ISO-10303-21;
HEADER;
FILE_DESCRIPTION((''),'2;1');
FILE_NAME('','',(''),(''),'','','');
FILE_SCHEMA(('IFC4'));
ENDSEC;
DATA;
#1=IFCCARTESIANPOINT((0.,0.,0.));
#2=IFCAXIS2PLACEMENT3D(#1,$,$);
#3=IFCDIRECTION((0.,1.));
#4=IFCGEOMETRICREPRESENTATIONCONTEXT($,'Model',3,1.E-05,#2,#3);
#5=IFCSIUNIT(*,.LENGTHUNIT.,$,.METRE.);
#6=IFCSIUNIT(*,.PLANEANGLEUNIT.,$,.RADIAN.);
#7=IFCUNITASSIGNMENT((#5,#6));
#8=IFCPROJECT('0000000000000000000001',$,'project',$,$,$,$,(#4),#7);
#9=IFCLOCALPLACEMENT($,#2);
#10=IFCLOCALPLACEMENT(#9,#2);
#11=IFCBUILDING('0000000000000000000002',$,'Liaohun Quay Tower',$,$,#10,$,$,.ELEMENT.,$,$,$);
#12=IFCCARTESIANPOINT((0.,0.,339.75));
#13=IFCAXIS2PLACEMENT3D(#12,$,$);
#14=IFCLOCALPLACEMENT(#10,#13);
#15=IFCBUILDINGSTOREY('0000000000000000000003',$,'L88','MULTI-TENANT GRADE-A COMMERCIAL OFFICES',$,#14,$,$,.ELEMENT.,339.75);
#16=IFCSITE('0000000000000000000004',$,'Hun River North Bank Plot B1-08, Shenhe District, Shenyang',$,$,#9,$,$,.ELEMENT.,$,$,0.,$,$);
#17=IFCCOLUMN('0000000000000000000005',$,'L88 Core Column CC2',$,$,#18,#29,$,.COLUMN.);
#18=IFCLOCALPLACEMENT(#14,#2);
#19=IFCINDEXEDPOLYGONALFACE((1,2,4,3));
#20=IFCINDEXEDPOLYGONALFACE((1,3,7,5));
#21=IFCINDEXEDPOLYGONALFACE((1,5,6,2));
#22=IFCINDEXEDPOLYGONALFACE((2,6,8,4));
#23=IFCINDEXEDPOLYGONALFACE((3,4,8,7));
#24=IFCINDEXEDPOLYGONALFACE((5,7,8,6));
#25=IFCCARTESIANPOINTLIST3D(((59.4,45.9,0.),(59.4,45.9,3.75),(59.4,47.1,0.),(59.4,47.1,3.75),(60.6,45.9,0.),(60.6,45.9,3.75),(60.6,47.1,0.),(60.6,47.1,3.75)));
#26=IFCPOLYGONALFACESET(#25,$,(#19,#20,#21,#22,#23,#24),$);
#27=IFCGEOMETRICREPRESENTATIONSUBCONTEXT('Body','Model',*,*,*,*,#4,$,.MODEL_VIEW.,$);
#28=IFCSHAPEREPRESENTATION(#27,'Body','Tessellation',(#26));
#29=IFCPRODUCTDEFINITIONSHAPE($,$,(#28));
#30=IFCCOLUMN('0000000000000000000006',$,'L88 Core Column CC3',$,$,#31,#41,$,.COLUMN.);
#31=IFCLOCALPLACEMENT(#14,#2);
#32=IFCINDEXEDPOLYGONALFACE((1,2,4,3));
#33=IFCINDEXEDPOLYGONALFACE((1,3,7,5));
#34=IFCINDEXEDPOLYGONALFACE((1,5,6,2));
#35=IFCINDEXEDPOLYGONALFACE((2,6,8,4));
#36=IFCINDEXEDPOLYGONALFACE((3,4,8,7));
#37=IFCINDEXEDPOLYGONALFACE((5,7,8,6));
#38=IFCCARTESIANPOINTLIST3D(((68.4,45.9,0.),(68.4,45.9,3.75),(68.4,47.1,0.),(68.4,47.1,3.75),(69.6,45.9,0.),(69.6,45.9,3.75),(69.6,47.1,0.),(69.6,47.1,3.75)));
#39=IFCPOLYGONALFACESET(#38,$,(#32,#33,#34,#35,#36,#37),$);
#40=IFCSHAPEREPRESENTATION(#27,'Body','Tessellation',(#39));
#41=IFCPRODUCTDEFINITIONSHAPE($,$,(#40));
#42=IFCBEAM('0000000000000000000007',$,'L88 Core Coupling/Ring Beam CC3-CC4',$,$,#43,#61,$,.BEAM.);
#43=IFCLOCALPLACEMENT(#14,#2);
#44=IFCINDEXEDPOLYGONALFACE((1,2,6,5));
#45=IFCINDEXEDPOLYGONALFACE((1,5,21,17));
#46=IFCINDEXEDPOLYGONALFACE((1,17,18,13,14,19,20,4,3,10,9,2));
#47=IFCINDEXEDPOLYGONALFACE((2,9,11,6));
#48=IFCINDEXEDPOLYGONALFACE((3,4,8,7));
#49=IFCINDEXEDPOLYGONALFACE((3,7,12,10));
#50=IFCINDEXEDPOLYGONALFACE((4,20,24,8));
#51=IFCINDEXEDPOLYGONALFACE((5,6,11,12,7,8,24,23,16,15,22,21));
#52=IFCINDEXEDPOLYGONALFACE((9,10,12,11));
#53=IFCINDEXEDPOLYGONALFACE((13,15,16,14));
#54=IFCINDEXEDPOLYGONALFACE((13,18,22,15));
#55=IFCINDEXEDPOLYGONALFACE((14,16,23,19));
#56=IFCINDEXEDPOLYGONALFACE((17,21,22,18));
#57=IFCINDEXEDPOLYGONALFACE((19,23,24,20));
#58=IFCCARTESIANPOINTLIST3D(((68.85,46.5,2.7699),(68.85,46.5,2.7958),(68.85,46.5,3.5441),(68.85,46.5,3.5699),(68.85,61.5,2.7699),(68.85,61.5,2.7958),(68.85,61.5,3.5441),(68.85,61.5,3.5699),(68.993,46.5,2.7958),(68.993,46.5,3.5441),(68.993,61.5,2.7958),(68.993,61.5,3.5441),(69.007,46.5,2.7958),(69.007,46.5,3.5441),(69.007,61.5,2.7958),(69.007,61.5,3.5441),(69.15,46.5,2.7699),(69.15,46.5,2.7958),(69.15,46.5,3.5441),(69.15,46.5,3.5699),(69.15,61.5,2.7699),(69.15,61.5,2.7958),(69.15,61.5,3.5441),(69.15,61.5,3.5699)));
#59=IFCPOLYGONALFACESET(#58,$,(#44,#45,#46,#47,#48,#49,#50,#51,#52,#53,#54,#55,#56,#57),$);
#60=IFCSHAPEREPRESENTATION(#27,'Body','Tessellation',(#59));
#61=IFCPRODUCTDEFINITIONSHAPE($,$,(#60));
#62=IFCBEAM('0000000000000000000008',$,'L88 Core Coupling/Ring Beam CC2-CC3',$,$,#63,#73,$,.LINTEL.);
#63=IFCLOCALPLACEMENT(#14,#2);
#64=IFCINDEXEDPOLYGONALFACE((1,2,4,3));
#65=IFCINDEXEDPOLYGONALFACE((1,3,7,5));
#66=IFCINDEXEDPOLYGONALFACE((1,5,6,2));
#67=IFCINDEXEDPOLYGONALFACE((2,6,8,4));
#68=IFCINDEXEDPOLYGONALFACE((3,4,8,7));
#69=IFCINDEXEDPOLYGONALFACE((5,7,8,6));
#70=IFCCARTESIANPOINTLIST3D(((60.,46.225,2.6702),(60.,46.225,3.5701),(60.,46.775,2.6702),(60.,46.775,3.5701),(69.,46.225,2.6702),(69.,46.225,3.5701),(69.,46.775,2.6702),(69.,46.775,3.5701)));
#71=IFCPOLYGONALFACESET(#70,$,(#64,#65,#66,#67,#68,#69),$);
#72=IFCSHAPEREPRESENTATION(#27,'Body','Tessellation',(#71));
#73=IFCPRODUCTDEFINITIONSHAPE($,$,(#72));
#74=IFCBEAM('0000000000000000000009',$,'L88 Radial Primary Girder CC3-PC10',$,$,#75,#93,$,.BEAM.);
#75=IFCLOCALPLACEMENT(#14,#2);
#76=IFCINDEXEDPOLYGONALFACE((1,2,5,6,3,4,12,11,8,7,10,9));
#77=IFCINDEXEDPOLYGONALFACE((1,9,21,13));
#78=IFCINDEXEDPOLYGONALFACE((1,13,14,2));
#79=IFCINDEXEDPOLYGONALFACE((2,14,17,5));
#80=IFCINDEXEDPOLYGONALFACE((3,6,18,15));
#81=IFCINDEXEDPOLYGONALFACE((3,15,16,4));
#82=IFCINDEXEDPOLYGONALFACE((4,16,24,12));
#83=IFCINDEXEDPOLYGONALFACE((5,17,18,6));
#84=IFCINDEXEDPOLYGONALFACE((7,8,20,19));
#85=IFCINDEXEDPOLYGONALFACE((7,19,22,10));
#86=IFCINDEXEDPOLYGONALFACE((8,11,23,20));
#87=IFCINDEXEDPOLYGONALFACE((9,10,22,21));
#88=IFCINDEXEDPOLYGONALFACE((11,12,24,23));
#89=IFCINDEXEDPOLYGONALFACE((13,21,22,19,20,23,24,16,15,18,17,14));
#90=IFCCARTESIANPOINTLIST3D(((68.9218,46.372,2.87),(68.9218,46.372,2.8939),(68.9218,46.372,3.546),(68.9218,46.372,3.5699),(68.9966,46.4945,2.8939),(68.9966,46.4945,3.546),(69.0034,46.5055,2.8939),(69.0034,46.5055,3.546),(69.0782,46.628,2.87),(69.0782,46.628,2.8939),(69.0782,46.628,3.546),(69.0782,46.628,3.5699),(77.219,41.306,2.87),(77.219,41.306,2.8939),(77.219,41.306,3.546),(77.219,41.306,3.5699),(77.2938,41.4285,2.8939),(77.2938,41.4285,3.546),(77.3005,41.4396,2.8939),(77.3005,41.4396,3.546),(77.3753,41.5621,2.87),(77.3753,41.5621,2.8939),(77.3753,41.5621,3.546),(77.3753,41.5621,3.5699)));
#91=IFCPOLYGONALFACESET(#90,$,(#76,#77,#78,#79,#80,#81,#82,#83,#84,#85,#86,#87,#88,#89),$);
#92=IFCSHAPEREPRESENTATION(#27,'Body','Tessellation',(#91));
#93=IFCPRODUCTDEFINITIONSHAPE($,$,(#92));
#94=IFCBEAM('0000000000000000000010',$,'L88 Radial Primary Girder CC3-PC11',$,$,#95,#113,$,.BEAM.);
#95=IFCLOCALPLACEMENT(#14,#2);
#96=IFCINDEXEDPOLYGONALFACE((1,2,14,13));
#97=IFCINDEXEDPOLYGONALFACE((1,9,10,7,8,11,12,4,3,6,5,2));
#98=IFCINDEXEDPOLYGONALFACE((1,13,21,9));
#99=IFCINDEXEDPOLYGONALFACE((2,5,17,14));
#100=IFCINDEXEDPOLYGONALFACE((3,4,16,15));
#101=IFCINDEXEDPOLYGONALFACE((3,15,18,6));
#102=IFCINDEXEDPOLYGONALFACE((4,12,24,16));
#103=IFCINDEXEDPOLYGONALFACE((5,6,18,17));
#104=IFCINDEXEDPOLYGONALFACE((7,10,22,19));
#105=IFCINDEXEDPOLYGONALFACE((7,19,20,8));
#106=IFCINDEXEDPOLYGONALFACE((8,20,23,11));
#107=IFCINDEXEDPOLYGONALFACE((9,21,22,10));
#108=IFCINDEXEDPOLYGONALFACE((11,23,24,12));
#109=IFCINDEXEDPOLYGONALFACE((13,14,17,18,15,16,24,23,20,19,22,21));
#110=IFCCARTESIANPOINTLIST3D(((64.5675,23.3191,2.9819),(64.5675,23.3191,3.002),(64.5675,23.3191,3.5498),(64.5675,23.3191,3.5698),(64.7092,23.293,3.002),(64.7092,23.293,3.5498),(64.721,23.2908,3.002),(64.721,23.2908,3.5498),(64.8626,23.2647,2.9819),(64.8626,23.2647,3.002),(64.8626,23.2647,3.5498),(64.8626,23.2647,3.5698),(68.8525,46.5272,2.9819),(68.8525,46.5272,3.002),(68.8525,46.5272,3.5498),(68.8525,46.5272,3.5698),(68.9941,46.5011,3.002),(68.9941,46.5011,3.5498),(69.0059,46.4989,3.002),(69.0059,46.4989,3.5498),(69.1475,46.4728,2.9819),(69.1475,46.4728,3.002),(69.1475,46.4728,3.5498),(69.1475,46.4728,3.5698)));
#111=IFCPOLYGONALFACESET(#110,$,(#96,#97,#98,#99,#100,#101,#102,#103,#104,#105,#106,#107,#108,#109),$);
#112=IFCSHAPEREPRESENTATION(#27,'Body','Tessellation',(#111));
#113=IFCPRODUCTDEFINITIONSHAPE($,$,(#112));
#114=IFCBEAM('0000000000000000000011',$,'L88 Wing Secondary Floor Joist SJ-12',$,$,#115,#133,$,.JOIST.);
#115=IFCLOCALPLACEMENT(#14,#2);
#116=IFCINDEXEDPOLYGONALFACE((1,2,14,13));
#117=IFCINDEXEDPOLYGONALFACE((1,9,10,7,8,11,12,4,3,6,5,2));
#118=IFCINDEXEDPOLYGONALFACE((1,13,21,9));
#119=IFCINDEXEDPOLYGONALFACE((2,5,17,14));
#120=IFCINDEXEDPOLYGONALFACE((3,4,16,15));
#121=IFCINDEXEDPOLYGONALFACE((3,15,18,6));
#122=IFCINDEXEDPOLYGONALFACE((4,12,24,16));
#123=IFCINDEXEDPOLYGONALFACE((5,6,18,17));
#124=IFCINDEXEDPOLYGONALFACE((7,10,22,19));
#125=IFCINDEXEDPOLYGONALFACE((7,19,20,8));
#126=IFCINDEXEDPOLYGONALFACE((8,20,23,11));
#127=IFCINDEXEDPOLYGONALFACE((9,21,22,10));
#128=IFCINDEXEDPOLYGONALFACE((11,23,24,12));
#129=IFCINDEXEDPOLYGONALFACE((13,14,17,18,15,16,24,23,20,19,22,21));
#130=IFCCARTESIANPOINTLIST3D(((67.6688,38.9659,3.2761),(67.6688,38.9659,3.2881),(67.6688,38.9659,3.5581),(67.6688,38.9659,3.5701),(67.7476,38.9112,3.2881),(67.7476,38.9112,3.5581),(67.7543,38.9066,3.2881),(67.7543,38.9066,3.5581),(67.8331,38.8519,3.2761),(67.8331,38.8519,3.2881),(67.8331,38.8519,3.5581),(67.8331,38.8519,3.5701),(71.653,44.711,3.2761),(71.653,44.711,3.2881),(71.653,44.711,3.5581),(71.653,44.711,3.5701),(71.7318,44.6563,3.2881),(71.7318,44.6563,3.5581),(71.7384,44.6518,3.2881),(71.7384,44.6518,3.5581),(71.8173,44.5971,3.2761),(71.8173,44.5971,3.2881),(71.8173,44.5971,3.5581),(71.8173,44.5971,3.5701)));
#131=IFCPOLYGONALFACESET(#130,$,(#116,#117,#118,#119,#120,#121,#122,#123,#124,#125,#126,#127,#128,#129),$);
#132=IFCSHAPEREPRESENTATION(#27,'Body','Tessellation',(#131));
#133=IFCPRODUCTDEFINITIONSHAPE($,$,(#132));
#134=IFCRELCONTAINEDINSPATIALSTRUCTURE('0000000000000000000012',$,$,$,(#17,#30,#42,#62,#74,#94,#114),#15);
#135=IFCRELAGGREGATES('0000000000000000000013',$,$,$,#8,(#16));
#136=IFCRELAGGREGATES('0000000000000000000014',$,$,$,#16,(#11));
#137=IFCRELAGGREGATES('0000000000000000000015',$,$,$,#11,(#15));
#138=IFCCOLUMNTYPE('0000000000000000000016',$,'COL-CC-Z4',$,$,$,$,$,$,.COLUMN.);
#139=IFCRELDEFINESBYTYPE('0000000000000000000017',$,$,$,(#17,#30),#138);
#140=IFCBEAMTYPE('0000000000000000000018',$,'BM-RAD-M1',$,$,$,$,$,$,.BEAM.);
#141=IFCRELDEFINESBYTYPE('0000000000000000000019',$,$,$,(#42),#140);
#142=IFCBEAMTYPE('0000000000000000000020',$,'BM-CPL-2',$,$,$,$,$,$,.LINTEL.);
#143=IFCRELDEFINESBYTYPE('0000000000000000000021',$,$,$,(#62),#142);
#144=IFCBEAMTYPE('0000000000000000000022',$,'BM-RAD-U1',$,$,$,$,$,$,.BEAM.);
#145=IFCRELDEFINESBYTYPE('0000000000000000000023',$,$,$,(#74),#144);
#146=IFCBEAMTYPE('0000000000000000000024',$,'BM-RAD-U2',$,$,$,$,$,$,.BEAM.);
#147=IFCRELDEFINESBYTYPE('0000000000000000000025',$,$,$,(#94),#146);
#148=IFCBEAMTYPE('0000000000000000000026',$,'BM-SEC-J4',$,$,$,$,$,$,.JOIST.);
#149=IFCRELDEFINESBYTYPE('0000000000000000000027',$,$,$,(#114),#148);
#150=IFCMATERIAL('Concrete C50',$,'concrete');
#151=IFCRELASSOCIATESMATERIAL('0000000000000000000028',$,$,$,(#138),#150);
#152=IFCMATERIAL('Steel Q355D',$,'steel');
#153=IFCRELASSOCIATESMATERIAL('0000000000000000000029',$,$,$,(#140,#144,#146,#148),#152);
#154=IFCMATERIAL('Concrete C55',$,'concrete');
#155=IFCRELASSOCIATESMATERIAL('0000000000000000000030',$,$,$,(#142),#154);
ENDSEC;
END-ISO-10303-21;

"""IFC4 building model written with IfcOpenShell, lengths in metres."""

from ifc_helpers import new_model, si_unit, direction, frame, origin, origin_2d, place, context, subcontext, project, spatial, rectangle, i_section, extrude, source, transform, mapped, material, material_profile, profile_set, type_object, element, save


model = new_model("IFC4")

# Units and contexts
model_context = context("Model", 3, precision=1e-05, world=origin(), true_north=direction((0.0, 1.0)))
body_context = subcontext(model_context, "Body", "Model", "MODEL_VIEW")
ifc_project = project(units=[si_unit("LENGTHUNIT", "METRE"), si_unit("PLANEANGLEUNIT", "RADIAN")], contexts=[model_context])

# Site, building, storey
site_placement = place(None, origin())
site = spatial("IfcSite", under=ifc_project, at=site_placement, Name="Hun River North Bank Plot B1-08, Shenhe District, Shenyang", CompositionType="ELEMENT", RefElevation=0.0)
building_placement = place(site_placement, origin())
building = spatial("IfcBuilding", under=site, at=building_placement, Name="Liaohun Quay Tower", CompositionType="ELEMENT")
storey_placement = place(building_placement, frame((0.0, 0.0, 339.75)))
storey = spatial("IfcBuildingStorey", under=building, at=storey_placement, Name="L88", Description="MULTI-TENANT GRADE-A COMMERCIAL OFFICES", CompositionType="ELEMENT", Elevation=339.75)

# Columns
ifc_material_1 = material(Name="Concrete C50", Category="concrete")
ifc_material_profile_1 = material_profile(ifc_material_1, rectangle(XDim=1.2, YDim=1.2, at=origin_2d()), Name="RC1200x1200")
ifc_profile_set_1 = profile_set([ifc_material_profile_1], Name="Concrete C50")
column_type = type_object("IfcColumnType", Name="COL-CC-Z4", PredefinedType="COLUMN", material=ifc_profile_set_1)
shared_shape_1 = source(origin(), body_context, "Body", "SweptSolid", [
    extrude(rectangle(XDim=1.2, YDim=1.2, at=origin_2d()), origin(), (0.0, 0.0, 1.0), 3.75),
])
for number, where, z_axis, x_axis, name in (
    (1, (60.0, 46.5, 0.0), (0.0, 0.0, 1.0), (1.0, 0.0, 0.0), "L88 Core Column CC2"),
    (2, (69.0, 46.5, 0.0), (0.0, 0.0, 1.0), (1.0, 0.0, 0.0), "L88 Core Column CC3"),
):
    element("IfcColumn", number, at=place(storey_placement, frame(where, z_axis=z_axis, x_axis=x_axis)), inside=storey, type_object=column_type, Name=name, PredefinedType="COLUMN", context=body_context, shape_type="MappedRepresentation", body=[
        mapped(shared_shape_1, transform((0.0, 0.0, 0.0), x_axis=(1.0, 0.0, 0.0), y_axis=(0.0, 1.0, 0.0), z_axis=(0.0, 0.0, 1.0), scale=1.0)),
    ])

# Beams
ifc_material_2 = material(Name="Steel Q355D", Category="steel")
ifc_material_profile_2 = material_profile(ifc_material_2, i_section(OverallWidth=0.3, OverallDepth=0.8, WebThickness=0.0139, FlangeThickness=0.0259, at=origin_2d()), Name="HN800x300x14x26")
ifc_profile_set_2 = profile_set([ifc_material_profile_2], Name="Steel Q355D")
beam_type_1 = type_object("IfcBeamType", Name="BM-RAD-M1", PredefinedType="BEAM", material=ifc_profile_set_2)
shared_shape_2 = source(origin(), body_context, "Body", "SweptSolid", [
    extrude(i_section(OverallWidth=0.3, OverallDepth=0.8, WebThickness=0.0139, FlangeThickness=0.0259, at=origin_2d()), origin(), (0.0, 0.0, 1.0), 15.0),
])
beam_1_placement = place(storey_placement, frame((69.0, 46.5, 3.1699), z_axis=(0.0, 1.0, 0.0), x_axis=(-1.0, 0.0, 0.0)))
element("IfcBeam", 3, at=beam_1_placement, inside=storey, type_object=beam_type_1, Name="L88 Core Coupling/Ring Beam CC3-CC4", PredefinedType="BEAM", context=body_context, shape_type="MappedRepresentation", body=[
    mapped(shared_shape_2, transform((0.0, 0.0, 0.0), x_axis=(1.0, 0.0, 0.0), y_axis=(0.0, 1.0, 0.0), z_axis=(0.0, 0.0, 1.0), scale=1.0)),
])
ifc_material_3 = material(Name="Concrete C55", Category="concrete")
ifc_material_profile_3 = material_profile(ifc_material_3, rectangle(XDim=0.55, YDim=0.8999, at=origin_2d()), Name="RC550x900")
ifc_profile_set_3 = profile_set([ifc_material_profile_3], Name="Concrete C55")
beam_type_2 = type_object("IfcBeamType", Name="BM-CPL-2", PredefinedType="LINTEL", material=ifc_profile_set_3)
shared_shape_3 = source(origin(), body_context, "Body", "SweptSolid", [
    extrude(rectangle(XDim=0.55, YDim=0.8999, at=origin_2d()), origin(), (0.0, 0.0, 1.0), 9.0),
])
beam_2_placement = place(storey_placement, frame((60.0, 46.5, 3.1201), z_axis=(1.0, 0.0, 0.0), x_axis=(0.0, 1.0, 0.0)))
element("IfcBeam", 4, at=beam_2_placement, inside=storey, type_object=beam_type_2, Name="L88 Core Coupling/Ring Beam CC2-CC3", PredefinedType="LINTEL", context=body_context, shape_type="MappedRepresentation", body=[
    mapped(shared_shape_3, transform((0.0, 0.0, 0.0), x_axis=(1.0, 0.0, 0.0), y_axis=(0.0, 1.0, 0.0), z_axis=(0.0, 0.0, 1.0), scale=1.0)),
])
ifc_material_profile_4 = material_profile(ifc_material_2, i_section(OverallWidth=0.3, OverallDepth=0.7, WebThickness=0.0129, FlangeThickness=0.0239, at=origin_2d()), Name="HN700x300x13x24")
ifc_profile_set_4 = profile_set([ifc_material_profile_4], Name="Steel Q355D")
beam_type_3 = type_object("IfcBeamType", Name="BM-RAD-U1", PredefinedType="BEAM", material=ifc_profile_set_4)
shared_shape_4 = source(origin(), body_context, "Body", "SweptSolid", [
    extrude(i_section(OverallWidth=0.3, OverallDepth=0.7, WebThickness=0.0129, FlangeThickness=0.0239, at=origin_2d()), origin(), (0.0, 0.0, 1.0), 9.7214),
])
beam_3_placement = place(storey_placement, frame((69.0, 46.5, 3.22), z_axis=(0.85349, -0.52111, 0.0), x_axis=(0.52111, 0.85349, 0.0)))
element("IfcBeam", 5, at=beam_3_placement, inside=storey, type_object=beam_type_3, Name="L88 Radial Primary Girder CC3-PC10", PredefinedType="BEAM", context=body_context, shape_type="MappedRepresentation", body=[
    mapped(shared_shape_4, transform((0.0, 0.0, 0.0), x_axis=(1.0, 0.0, 0.0), y_axis=(0.0, 1.0, 0.0), z_axis=(0.0, 0.0, 1.0), scale=1.0)),
])
ifc_material_profile_5 = material_profile(ifc_material_2, i_section(OverallWidth=0.3, OverallDepth=0.5879, WebThickness=0.012, FlangeThickness=0.02, at=origin_2d()), Name="HM588x300x12x20")
ifc_profile_set_5 = profile_set([ifc_material_profile_5], Name="Steel Q355D")
beam_type_4 = type_object("IfcBeamType", Name="BM-RAD-U2", PredefinedType="BEAM", material=ifc_profile_set_5)
shared_shape_5 = source(origin(), body_context, "Body", "SweptSolid", [
    extrude(i_section(OverallWidth=0.3, OverallDepth=0.5879, WebThickness=0.012, FlangeThickness=0.02, at=origin_2d()), origin(), (0.0, 0.0, 1.0), 23.6003),
])
beam_4_placement = place(storey_placement, frame((69.0, 46.5, 3.2759), z_axis=(-0.181562, -0.983379, 0.0), x_axis=(0.983379, -0.181562, 0.0)))
element("IfcBeam", 6, at=beam_4_placement, inside=storey, type_object=beam_type_4, Name="L88 Radial Primary Girder CC3-PC11", PredefinedType="BEAM", context=body_context, shape_type="MappedRepresentation", body=[
    mapped(shared_shape_5, transform((0.0, 0.0, 0.0), x_axis=(1.0, 0.0, 0.0), y_axis=(0.0, 1.0, 0.0), z_axis=(0.0, 0.0, 1.0), scale=1.0)),
])
ifc_material_profile_6 = material_profile(ifc_material_2, i_section(OverallWidth=0.2, OverallDepth=0.2939, WebThickness=0.0081, FlangeThickness=0.012, at=origin_2d()), Name="HM294x200x8x12")
ifc_profile_set_6 = profile_set([ifc_material_profile_6], Name="Steel Q355D")
beam_type_5 = type_object("IfcBeamType", Name="BM-SEC-J4", PredefinedType="JOIST", material=ifc_profile_set_6)
shared_shape_6 = source(origin(), body_context, "Body", "SweptSolid", [
    extrude(i_section(OverallWidth=0.2, OverallDepth=0.2939, WebThickness=0.0081, FlangeThickness=0.012, at=origin_2d()), origin(), (0.0, 0.0, 1.0), 6.9915),
])
beam_5_placement = place(storey_placement, frame((71.7351, 44.6541, 3.4231), z_axis=(-0.569862, -0.821741, 0.0), x_axis=(0.821741, -0.569862, 0.0)))
element("IfcBeam", 7, at=beam_5_placement, inside=storey, type_object=beam_type_5, Name="L88 Wing Secondary Floor Joist SJ-12", PredefinedType="JOIST", context=body_context, shape_type="MappedRepresentation", body=[
    mapped(shared_shape_6, transform((0.0, 0.0, 0.0), x_axis=(1.0, 0.0, 0.0), y_axis=(0.0, 1.0, 0.0), z_axis=(0.0, 0.0, 1.0), scale=1.0)),
])

save(model, "model.ifc")
